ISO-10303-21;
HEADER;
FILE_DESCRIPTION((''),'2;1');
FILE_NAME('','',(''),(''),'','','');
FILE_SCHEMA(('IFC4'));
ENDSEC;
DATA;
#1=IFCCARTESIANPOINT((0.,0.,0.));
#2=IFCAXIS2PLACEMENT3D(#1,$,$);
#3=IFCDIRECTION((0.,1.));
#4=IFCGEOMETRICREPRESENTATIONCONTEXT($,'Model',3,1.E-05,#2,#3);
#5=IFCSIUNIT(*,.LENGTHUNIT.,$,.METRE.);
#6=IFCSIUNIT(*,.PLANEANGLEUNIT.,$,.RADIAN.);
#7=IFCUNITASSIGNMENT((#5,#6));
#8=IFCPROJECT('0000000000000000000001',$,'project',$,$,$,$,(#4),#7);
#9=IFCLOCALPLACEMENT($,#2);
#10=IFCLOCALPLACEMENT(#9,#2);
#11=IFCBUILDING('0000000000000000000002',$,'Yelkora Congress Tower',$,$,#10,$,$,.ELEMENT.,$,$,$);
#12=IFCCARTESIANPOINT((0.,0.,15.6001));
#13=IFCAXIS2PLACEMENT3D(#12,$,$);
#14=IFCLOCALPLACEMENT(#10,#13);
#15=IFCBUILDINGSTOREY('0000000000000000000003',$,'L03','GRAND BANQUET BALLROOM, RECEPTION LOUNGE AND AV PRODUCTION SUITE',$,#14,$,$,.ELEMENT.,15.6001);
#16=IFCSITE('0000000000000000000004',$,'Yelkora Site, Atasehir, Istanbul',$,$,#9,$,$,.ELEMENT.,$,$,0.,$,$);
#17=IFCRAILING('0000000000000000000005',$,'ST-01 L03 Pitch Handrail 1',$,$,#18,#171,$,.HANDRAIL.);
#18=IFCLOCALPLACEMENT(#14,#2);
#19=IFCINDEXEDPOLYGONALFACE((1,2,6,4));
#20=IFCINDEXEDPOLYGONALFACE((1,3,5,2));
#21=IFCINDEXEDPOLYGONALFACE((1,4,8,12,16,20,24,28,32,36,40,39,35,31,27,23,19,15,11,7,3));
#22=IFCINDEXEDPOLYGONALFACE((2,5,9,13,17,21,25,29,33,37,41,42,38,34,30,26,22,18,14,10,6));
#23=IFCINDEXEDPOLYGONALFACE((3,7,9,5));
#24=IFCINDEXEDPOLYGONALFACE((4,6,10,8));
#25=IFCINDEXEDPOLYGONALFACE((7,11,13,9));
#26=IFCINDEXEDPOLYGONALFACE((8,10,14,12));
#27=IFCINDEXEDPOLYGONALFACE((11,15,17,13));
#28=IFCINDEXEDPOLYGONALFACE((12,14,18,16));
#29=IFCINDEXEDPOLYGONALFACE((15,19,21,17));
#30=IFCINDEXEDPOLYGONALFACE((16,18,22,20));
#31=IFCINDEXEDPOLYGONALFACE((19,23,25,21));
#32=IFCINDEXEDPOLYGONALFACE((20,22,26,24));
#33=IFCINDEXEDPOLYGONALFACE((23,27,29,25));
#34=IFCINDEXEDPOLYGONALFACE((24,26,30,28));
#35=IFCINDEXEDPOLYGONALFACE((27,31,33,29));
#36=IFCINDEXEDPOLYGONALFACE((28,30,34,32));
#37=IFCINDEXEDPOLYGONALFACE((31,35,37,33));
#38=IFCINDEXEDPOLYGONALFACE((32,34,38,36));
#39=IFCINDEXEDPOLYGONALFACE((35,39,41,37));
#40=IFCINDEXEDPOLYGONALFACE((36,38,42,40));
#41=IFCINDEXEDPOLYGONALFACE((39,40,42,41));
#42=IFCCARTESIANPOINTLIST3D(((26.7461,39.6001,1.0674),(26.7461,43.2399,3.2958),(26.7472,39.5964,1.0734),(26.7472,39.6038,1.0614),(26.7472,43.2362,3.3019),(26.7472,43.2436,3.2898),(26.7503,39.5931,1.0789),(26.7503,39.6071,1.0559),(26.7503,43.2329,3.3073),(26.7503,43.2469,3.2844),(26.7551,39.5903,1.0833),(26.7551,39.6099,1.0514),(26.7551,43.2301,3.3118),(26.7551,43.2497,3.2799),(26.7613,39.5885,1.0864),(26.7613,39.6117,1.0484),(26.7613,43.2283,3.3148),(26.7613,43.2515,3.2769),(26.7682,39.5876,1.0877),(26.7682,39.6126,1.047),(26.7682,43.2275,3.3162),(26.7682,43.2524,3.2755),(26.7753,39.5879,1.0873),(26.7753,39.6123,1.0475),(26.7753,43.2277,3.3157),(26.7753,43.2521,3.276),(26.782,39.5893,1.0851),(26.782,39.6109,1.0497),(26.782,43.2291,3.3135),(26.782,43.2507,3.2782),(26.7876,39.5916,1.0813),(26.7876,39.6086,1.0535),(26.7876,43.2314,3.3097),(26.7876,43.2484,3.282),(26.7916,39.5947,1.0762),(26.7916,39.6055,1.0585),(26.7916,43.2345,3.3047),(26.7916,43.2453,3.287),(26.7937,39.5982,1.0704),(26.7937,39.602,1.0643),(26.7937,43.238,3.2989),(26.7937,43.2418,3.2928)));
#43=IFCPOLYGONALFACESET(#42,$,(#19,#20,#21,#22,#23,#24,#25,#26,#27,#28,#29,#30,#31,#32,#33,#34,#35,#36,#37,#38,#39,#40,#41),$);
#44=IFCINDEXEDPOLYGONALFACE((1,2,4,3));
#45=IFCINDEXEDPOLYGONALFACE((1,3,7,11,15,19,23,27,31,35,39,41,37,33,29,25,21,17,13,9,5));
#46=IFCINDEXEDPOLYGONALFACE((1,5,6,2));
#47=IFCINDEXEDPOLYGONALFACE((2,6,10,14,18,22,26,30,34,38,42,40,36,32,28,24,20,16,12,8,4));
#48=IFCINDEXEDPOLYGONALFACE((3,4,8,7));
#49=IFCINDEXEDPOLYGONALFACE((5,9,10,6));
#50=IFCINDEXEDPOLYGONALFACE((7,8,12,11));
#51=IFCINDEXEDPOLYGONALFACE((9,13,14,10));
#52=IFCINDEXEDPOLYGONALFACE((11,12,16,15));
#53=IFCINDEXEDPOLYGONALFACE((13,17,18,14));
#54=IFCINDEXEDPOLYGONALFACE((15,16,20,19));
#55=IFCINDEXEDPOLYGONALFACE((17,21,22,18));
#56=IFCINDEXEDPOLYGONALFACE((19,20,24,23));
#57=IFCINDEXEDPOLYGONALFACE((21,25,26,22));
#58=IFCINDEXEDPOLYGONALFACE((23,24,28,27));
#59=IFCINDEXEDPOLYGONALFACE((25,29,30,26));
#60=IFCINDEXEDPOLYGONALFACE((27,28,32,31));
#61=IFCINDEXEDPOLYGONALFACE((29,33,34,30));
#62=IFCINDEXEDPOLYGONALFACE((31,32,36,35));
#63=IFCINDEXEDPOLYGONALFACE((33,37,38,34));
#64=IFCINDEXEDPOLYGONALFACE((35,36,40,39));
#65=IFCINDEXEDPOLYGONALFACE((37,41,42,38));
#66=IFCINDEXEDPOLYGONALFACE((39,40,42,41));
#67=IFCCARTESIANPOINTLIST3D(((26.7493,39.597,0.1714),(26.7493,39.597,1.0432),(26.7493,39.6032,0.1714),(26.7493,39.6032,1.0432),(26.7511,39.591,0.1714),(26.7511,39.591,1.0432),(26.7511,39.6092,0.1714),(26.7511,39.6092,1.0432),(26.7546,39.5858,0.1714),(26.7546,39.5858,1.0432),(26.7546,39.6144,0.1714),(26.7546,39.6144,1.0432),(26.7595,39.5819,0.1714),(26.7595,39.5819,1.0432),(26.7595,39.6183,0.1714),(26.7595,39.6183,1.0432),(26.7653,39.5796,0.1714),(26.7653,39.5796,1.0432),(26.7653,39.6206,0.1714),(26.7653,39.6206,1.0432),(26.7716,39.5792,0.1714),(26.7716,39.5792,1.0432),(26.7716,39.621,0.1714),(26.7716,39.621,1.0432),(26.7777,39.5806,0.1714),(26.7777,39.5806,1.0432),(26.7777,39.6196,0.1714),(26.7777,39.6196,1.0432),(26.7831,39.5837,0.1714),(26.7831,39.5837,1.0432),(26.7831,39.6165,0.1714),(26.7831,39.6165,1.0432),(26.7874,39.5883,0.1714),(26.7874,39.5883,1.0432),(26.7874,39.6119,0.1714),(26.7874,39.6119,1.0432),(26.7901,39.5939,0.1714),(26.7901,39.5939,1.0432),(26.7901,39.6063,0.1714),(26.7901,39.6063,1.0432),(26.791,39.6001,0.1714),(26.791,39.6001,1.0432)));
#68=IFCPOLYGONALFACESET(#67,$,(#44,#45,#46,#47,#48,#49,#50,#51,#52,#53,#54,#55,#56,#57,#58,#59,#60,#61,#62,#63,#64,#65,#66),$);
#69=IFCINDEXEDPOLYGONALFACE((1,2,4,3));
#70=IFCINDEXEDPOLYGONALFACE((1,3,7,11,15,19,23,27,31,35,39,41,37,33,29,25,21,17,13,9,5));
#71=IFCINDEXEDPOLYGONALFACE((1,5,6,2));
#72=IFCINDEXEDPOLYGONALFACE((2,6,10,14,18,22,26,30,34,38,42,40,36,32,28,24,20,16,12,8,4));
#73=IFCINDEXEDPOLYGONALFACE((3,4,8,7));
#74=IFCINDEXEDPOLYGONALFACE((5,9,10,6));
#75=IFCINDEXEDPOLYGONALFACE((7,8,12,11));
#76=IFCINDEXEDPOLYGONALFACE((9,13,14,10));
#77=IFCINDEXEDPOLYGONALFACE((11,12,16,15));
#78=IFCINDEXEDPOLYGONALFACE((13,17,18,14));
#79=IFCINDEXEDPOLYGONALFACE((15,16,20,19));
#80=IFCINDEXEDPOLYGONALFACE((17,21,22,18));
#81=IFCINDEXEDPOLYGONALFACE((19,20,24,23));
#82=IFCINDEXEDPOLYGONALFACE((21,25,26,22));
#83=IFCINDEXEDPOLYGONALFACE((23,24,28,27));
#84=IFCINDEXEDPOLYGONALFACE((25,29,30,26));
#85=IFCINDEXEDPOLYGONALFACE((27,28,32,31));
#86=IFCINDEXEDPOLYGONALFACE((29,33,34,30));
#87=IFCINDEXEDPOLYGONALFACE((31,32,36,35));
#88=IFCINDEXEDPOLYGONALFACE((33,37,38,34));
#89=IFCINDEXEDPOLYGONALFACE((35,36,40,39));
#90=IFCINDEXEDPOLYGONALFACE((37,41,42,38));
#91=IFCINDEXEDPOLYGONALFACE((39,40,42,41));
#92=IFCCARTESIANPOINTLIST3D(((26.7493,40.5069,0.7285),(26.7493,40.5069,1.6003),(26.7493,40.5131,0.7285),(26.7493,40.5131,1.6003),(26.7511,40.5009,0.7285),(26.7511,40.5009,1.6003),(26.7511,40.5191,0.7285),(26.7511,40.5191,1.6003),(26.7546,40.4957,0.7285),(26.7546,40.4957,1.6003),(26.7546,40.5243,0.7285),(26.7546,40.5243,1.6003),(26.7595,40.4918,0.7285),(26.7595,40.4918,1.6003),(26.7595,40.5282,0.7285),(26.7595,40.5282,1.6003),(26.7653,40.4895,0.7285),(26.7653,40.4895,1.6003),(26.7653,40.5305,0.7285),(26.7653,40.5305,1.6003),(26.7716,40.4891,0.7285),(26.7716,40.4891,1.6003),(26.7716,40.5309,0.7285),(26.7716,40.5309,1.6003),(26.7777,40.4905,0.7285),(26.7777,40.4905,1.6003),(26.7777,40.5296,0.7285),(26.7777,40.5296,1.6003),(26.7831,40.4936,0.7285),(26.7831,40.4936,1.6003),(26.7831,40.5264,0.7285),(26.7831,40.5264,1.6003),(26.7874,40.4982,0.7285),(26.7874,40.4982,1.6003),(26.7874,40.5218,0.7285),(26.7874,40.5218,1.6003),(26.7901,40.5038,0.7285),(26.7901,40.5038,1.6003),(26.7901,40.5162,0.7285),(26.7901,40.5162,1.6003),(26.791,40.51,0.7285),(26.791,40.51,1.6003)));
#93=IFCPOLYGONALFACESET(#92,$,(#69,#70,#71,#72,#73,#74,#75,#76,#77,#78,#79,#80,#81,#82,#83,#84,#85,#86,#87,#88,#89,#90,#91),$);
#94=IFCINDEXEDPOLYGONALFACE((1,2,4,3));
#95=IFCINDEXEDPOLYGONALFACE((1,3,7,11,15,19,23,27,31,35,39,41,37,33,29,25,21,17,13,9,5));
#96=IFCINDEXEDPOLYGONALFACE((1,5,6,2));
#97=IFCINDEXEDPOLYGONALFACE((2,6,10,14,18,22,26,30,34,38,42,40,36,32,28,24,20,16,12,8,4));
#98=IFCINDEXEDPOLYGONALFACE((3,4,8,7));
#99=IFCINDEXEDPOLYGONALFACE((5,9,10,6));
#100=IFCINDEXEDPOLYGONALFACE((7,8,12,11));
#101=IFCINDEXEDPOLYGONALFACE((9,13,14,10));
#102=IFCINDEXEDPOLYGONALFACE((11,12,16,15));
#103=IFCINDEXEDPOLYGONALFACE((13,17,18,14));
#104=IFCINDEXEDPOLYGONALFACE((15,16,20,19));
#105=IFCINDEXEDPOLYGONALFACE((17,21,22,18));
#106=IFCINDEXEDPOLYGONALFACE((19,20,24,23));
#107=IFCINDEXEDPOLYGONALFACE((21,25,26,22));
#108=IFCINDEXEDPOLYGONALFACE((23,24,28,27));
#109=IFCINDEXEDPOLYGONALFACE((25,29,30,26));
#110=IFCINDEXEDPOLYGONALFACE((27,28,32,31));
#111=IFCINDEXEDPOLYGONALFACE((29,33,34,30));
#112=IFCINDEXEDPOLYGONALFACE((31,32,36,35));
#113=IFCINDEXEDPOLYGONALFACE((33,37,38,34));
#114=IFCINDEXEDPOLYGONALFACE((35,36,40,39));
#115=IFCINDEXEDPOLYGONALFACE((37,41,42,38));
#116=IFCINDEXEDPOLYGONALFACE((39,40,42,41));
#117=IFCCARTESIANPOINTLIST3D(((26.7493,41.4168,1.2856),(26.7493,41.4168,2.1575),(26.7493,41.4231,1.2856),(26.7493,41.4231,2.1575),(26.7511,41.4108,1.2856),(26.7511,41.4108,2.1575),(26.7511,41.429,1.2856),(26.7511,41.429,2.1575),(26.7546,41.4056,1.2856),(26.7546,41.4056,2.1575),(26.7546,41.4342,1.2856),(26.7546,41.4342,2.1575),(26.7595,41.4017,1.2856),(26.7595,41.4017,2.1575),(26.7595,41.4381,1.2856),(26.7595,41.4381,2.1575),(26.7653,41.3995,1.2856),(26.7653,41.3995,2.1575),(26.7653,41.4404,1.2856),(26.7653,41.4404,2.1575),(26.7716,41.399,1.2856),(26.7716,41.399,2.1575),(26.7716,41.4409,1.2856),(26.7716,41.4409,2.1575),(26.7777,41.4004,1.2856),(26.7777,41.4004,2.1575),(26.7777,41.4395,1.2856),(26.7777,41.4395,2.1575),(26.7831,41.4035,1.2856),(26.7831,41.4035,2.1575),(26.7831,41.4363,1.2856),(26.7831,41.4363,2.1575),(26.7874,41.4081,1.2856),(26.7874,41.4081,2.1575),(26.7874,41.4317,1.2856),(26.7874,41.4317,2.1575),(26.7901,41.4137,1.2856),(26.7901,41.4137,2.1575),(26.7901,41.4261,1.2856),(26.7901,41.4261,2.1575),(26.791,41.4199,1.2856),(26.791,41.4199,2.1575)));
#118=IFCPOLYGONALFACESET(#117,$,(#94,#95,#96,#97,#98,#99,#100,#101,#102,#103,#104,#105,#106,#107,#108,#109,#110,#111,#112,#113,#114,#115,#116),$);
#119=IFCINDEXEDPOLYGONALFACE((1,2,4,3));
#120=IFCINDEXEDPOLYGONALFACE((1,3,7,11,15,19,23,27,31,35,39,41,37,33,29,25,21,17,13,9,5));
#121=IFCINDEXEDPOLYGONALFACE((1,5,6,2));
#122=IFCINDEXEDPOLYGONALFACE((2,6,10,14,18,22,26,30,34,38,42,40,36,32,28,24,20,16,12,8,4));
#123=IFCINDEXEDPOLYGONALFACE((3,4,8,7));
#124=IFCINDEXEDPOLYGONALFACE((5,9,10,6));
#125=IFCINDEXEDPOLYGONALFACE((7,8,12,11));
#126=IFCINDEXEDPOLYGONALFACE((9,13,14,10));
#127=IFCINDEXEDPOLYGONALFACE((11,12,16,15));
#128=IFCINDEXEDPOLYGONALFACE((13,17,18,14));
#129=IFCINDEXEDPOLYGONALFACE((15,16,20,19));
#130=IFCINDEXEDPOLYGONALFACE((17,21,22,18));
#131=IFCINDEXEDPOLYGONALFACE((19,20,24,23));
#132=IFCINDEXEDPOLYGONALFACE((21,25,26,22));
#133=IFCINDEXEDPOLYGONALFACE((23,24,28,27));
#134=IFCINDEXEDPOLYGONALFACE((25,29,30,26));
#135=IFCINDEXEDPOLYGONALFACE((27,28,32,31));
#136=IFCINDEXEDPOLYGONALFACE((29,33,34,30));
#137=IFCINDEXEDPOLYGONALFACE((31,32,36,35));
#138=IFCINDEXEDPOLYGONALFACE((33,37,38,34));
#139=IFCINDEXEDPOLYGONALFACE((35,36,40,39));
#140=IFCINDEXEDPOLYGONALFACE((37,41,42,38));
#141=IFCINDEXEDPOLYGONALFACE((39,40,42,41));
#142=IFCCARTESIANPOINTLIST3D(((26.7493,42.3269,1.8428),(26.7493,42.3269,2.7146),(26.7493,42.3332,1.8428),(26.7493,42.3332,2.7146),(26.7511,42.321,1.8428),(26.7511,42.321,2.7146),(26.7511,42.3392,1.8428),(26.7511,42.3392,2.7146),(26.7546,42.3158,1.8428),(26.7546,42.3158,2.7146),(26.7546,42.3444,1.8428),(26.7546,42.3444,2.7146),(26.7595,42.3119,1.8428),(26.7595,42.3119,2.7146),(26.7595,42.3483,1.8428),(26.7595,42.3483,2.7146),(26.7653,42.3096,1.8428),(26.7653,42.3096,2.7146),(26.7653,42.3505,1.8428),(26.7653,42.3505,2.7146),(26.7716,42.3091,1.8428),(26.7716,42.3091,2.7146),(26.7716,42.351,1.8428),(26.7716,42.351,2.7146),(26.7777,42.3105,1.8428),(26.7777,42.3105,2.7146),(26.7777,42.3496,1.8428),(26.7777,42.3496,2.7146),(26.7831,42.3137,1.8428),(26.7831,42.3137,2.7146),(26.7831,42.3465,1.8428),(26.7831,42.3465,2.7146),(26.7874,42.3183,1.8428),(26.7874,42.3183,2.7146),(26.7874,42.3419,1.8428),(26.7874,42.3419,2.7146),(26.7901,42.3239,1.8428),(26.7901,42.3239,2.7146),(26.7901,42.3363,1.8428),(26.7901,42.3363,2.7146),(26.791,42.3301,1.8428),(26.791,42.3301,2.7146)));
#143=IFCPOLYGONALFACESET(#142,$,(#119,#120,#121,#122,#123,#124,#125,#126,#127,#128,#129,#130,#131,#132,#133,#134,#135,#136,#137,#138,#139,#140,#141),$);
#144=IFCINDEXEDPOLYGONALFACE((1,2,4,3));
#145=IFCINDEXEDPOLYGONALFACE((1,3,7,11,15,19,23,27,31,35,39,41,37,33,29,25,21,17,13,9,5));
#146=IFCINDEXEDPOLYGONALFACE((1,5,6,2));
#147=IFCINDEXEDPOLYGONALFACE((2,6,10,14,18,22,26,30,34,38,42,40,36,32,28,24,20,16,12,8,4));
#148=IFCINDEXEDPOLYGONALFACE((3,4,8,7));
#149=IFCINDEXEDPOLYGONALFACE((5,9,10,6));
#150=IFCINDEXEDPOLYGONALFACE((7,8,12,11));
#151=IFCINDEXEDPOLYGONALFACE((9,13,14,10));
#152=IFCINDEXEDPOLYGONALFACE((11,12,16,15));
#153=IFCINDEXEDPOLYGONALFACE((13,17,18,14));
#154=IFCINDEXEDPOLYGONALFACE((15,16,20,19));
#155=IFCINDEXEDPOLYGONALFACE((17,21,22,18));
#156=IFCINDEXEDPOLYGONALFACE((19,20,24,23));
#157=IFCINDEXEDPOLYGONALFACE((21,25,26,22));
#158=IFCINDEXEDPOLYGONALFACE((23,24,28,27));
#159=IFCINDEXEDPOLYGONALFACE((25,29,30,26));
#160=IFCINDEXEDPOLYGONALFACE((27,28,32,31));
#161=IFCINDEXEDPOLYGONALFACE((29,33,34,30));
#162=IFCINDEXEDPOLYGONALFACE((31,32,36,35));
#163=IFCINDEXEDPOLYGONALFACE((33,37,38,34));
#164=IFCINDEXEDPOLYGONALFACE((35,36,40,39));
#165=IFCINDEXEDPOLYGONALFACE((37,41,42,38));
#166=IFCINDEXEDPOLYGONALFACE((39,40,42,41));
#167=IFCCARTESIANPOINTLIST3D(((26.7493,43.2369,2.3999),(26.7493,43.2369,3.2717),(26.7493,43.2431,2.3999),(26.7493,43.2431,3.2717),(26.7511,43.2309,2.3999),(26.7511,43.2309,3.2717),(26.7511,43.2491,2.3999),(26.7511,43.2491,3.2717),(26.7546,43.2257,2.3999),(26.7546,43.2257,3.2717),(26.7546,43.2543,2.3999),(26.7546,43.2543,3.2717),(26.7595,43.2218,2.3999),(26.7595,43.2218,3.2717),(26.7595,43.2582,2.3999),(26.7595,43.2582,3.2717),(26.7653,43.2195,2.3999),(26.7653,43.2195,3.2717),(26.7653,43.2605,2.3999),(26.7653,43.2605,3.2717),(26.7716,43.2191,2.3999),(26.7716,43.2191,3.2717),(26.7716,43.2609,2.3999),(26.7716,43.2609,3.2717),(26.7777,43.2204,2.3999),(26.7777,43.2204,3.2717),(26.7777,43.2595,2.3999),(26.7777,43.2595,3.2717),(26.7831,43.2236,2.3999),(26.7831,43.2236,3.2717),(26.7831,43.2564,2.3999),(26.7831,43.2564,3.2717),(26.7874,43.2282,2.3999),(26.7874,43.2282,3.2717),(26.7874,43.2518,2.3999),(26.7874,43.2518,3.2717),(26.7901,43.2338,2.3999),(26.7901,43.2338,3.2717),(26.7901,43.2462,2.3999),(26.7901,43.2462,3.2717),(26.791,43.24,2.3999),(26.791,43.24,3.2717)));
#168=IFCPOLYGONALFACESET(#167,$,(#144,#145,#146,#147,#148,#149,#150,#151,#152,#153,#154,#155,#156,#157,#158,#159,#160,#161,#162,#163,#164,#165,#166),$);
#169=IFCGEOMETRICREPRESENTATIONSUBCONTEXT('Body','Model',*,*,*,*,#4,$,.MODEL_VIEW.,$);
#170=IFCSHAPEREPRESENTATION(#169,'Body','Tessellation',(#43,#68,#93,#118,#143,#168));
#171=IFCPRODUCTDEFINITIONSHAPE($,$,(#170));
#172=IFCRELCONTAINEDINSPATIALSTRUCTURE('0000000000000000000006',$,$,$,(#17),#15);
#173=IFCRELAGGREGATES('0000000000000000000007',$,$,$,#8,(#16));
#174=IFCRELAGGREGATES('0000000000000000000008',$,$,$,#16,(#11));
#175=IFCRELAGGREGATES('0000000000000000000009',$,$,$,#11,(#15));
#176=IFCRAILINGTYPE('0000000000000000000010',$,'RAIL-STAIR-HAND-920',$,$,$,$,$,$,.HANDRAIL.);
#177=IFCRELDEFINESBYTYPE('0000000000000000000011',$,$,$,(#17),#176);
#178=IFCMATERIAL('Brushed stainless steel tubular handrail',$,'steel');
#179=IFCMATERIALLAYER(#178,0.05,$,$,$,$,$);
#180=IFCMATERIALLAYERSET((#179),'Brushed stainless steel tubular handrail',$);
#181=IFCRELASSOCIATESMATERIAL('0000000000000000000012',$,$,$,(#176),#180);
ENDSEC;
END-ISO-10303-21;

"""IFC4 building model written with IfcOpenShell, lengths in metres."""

from ifc_helpers import new_model, si_unit, direction, frame, origin, origin_2d, place, context, subcontext, project, spatial, circle, extrude, material, layer, layer_set, type_object, element, save


model = new_model("IFC4")

# Units and contexts
model_context = context("Model", 3, precision=1e-05, world=origin(), true_north=direction((0.0, 1.0)))
body_context = subcontext(model_context, "Body", "Model", "MODEL_VIEW")
ifc_project = project(units=[si_unit("LENGTHUNIT", "METRE"), si_unit("PLANEANGLEUNIT", "RADIAN")], contexts=[model_context])

# Site, building, storey
site_placement = place(None, origin())
site = spatial("IfcSite", under=ifc_project, at=site_placement, Name="Yelkora Site, Atasehir, Istanbul", CompositionType="ELEMENT", RefElevation=0.0)
building_placement = place(site_placement, origin())
building = spatial("IfcBuilding", under=site, at=building_placement, Name="Yelkora Congress Tower", CompositionType="ELEMENT")
storey_placement = place(building_placement, frame((0.0, 0.0, 15.6001)))
storey = spatial("IfcBuildingStorey", under=building, at=storey_placement, Name="L03", Description="GRAND BANQUET BALLROOM, RECEPTION LOUNGE AND AV PRODUCTION SUITE", CompositionType="ELEMENT", Elevation=15.6001)

# Railing
ifc_material_1 = material(Name="Brushed stainless steel tubular handrail", Category="steel")
ifc_layer_1 = layer(ifc_material_1, 0.05)
ifc_layer_set_1 = layer_set([ifc_layer_1], Name="Brushed stainless steel tubular handrail")
railing_type_1 = type_object("IfcRailingType", Name="RAIL-STAIR-HAND-920", PredefinedType="HANDRAIL", material=ifc_layer_set_1)
railing_1_placement = place(storey_placement, frame((26.77, 39.6001, 0.1714)))
element("IfcRailing", 1, at=railing_1_placement, inside=storey, type_object=railing_type_1, Name="ST-01 L03 Pitch Handrail 1", PredefinedType="HANDRAIL", context=body_context, shape_type="SweptSolid", body=[
    extrude(circle(Radius=0.0239, at=origin_2d()), frame((0.0, 0.0, 0.896), z_axis=(0.0, 0.85285, 0.522156), x_axis=(-1.0, 0.0, 0.0)), (0.0, 0.0, 1.0), 4.2678),
    extrude(circle(Radius=0.021, at=origin_2d()), origin(), (0.0, 0.0, 1.0), 0.8718),
    extrude(circle(Radius=0.021, at=origin_2d()), frame((0.0, 0.9099, 0.5571)), (0.0, 0.0, 1.0), 0.8718),
    extrude(circle(Radius=0.021, at=origin_2d()), frame((0.0, 1.8198, 1.1143)), (0.0, 0.0, 1.0), 0.8718),
    extrude(circle(Radius=0.021, at=origin_2d()), frame((0.0, 2.73, 1.6714)), (0.0, 0.0, 1.0), 0.8718),
    extrude(circle(Radius=0.021, at=origin_2d()), frame((0.0, 3.6399, 2.2285)), (0.0, 0.0, 1.0), 0.8718),
])

save(model, "model.ifc")
